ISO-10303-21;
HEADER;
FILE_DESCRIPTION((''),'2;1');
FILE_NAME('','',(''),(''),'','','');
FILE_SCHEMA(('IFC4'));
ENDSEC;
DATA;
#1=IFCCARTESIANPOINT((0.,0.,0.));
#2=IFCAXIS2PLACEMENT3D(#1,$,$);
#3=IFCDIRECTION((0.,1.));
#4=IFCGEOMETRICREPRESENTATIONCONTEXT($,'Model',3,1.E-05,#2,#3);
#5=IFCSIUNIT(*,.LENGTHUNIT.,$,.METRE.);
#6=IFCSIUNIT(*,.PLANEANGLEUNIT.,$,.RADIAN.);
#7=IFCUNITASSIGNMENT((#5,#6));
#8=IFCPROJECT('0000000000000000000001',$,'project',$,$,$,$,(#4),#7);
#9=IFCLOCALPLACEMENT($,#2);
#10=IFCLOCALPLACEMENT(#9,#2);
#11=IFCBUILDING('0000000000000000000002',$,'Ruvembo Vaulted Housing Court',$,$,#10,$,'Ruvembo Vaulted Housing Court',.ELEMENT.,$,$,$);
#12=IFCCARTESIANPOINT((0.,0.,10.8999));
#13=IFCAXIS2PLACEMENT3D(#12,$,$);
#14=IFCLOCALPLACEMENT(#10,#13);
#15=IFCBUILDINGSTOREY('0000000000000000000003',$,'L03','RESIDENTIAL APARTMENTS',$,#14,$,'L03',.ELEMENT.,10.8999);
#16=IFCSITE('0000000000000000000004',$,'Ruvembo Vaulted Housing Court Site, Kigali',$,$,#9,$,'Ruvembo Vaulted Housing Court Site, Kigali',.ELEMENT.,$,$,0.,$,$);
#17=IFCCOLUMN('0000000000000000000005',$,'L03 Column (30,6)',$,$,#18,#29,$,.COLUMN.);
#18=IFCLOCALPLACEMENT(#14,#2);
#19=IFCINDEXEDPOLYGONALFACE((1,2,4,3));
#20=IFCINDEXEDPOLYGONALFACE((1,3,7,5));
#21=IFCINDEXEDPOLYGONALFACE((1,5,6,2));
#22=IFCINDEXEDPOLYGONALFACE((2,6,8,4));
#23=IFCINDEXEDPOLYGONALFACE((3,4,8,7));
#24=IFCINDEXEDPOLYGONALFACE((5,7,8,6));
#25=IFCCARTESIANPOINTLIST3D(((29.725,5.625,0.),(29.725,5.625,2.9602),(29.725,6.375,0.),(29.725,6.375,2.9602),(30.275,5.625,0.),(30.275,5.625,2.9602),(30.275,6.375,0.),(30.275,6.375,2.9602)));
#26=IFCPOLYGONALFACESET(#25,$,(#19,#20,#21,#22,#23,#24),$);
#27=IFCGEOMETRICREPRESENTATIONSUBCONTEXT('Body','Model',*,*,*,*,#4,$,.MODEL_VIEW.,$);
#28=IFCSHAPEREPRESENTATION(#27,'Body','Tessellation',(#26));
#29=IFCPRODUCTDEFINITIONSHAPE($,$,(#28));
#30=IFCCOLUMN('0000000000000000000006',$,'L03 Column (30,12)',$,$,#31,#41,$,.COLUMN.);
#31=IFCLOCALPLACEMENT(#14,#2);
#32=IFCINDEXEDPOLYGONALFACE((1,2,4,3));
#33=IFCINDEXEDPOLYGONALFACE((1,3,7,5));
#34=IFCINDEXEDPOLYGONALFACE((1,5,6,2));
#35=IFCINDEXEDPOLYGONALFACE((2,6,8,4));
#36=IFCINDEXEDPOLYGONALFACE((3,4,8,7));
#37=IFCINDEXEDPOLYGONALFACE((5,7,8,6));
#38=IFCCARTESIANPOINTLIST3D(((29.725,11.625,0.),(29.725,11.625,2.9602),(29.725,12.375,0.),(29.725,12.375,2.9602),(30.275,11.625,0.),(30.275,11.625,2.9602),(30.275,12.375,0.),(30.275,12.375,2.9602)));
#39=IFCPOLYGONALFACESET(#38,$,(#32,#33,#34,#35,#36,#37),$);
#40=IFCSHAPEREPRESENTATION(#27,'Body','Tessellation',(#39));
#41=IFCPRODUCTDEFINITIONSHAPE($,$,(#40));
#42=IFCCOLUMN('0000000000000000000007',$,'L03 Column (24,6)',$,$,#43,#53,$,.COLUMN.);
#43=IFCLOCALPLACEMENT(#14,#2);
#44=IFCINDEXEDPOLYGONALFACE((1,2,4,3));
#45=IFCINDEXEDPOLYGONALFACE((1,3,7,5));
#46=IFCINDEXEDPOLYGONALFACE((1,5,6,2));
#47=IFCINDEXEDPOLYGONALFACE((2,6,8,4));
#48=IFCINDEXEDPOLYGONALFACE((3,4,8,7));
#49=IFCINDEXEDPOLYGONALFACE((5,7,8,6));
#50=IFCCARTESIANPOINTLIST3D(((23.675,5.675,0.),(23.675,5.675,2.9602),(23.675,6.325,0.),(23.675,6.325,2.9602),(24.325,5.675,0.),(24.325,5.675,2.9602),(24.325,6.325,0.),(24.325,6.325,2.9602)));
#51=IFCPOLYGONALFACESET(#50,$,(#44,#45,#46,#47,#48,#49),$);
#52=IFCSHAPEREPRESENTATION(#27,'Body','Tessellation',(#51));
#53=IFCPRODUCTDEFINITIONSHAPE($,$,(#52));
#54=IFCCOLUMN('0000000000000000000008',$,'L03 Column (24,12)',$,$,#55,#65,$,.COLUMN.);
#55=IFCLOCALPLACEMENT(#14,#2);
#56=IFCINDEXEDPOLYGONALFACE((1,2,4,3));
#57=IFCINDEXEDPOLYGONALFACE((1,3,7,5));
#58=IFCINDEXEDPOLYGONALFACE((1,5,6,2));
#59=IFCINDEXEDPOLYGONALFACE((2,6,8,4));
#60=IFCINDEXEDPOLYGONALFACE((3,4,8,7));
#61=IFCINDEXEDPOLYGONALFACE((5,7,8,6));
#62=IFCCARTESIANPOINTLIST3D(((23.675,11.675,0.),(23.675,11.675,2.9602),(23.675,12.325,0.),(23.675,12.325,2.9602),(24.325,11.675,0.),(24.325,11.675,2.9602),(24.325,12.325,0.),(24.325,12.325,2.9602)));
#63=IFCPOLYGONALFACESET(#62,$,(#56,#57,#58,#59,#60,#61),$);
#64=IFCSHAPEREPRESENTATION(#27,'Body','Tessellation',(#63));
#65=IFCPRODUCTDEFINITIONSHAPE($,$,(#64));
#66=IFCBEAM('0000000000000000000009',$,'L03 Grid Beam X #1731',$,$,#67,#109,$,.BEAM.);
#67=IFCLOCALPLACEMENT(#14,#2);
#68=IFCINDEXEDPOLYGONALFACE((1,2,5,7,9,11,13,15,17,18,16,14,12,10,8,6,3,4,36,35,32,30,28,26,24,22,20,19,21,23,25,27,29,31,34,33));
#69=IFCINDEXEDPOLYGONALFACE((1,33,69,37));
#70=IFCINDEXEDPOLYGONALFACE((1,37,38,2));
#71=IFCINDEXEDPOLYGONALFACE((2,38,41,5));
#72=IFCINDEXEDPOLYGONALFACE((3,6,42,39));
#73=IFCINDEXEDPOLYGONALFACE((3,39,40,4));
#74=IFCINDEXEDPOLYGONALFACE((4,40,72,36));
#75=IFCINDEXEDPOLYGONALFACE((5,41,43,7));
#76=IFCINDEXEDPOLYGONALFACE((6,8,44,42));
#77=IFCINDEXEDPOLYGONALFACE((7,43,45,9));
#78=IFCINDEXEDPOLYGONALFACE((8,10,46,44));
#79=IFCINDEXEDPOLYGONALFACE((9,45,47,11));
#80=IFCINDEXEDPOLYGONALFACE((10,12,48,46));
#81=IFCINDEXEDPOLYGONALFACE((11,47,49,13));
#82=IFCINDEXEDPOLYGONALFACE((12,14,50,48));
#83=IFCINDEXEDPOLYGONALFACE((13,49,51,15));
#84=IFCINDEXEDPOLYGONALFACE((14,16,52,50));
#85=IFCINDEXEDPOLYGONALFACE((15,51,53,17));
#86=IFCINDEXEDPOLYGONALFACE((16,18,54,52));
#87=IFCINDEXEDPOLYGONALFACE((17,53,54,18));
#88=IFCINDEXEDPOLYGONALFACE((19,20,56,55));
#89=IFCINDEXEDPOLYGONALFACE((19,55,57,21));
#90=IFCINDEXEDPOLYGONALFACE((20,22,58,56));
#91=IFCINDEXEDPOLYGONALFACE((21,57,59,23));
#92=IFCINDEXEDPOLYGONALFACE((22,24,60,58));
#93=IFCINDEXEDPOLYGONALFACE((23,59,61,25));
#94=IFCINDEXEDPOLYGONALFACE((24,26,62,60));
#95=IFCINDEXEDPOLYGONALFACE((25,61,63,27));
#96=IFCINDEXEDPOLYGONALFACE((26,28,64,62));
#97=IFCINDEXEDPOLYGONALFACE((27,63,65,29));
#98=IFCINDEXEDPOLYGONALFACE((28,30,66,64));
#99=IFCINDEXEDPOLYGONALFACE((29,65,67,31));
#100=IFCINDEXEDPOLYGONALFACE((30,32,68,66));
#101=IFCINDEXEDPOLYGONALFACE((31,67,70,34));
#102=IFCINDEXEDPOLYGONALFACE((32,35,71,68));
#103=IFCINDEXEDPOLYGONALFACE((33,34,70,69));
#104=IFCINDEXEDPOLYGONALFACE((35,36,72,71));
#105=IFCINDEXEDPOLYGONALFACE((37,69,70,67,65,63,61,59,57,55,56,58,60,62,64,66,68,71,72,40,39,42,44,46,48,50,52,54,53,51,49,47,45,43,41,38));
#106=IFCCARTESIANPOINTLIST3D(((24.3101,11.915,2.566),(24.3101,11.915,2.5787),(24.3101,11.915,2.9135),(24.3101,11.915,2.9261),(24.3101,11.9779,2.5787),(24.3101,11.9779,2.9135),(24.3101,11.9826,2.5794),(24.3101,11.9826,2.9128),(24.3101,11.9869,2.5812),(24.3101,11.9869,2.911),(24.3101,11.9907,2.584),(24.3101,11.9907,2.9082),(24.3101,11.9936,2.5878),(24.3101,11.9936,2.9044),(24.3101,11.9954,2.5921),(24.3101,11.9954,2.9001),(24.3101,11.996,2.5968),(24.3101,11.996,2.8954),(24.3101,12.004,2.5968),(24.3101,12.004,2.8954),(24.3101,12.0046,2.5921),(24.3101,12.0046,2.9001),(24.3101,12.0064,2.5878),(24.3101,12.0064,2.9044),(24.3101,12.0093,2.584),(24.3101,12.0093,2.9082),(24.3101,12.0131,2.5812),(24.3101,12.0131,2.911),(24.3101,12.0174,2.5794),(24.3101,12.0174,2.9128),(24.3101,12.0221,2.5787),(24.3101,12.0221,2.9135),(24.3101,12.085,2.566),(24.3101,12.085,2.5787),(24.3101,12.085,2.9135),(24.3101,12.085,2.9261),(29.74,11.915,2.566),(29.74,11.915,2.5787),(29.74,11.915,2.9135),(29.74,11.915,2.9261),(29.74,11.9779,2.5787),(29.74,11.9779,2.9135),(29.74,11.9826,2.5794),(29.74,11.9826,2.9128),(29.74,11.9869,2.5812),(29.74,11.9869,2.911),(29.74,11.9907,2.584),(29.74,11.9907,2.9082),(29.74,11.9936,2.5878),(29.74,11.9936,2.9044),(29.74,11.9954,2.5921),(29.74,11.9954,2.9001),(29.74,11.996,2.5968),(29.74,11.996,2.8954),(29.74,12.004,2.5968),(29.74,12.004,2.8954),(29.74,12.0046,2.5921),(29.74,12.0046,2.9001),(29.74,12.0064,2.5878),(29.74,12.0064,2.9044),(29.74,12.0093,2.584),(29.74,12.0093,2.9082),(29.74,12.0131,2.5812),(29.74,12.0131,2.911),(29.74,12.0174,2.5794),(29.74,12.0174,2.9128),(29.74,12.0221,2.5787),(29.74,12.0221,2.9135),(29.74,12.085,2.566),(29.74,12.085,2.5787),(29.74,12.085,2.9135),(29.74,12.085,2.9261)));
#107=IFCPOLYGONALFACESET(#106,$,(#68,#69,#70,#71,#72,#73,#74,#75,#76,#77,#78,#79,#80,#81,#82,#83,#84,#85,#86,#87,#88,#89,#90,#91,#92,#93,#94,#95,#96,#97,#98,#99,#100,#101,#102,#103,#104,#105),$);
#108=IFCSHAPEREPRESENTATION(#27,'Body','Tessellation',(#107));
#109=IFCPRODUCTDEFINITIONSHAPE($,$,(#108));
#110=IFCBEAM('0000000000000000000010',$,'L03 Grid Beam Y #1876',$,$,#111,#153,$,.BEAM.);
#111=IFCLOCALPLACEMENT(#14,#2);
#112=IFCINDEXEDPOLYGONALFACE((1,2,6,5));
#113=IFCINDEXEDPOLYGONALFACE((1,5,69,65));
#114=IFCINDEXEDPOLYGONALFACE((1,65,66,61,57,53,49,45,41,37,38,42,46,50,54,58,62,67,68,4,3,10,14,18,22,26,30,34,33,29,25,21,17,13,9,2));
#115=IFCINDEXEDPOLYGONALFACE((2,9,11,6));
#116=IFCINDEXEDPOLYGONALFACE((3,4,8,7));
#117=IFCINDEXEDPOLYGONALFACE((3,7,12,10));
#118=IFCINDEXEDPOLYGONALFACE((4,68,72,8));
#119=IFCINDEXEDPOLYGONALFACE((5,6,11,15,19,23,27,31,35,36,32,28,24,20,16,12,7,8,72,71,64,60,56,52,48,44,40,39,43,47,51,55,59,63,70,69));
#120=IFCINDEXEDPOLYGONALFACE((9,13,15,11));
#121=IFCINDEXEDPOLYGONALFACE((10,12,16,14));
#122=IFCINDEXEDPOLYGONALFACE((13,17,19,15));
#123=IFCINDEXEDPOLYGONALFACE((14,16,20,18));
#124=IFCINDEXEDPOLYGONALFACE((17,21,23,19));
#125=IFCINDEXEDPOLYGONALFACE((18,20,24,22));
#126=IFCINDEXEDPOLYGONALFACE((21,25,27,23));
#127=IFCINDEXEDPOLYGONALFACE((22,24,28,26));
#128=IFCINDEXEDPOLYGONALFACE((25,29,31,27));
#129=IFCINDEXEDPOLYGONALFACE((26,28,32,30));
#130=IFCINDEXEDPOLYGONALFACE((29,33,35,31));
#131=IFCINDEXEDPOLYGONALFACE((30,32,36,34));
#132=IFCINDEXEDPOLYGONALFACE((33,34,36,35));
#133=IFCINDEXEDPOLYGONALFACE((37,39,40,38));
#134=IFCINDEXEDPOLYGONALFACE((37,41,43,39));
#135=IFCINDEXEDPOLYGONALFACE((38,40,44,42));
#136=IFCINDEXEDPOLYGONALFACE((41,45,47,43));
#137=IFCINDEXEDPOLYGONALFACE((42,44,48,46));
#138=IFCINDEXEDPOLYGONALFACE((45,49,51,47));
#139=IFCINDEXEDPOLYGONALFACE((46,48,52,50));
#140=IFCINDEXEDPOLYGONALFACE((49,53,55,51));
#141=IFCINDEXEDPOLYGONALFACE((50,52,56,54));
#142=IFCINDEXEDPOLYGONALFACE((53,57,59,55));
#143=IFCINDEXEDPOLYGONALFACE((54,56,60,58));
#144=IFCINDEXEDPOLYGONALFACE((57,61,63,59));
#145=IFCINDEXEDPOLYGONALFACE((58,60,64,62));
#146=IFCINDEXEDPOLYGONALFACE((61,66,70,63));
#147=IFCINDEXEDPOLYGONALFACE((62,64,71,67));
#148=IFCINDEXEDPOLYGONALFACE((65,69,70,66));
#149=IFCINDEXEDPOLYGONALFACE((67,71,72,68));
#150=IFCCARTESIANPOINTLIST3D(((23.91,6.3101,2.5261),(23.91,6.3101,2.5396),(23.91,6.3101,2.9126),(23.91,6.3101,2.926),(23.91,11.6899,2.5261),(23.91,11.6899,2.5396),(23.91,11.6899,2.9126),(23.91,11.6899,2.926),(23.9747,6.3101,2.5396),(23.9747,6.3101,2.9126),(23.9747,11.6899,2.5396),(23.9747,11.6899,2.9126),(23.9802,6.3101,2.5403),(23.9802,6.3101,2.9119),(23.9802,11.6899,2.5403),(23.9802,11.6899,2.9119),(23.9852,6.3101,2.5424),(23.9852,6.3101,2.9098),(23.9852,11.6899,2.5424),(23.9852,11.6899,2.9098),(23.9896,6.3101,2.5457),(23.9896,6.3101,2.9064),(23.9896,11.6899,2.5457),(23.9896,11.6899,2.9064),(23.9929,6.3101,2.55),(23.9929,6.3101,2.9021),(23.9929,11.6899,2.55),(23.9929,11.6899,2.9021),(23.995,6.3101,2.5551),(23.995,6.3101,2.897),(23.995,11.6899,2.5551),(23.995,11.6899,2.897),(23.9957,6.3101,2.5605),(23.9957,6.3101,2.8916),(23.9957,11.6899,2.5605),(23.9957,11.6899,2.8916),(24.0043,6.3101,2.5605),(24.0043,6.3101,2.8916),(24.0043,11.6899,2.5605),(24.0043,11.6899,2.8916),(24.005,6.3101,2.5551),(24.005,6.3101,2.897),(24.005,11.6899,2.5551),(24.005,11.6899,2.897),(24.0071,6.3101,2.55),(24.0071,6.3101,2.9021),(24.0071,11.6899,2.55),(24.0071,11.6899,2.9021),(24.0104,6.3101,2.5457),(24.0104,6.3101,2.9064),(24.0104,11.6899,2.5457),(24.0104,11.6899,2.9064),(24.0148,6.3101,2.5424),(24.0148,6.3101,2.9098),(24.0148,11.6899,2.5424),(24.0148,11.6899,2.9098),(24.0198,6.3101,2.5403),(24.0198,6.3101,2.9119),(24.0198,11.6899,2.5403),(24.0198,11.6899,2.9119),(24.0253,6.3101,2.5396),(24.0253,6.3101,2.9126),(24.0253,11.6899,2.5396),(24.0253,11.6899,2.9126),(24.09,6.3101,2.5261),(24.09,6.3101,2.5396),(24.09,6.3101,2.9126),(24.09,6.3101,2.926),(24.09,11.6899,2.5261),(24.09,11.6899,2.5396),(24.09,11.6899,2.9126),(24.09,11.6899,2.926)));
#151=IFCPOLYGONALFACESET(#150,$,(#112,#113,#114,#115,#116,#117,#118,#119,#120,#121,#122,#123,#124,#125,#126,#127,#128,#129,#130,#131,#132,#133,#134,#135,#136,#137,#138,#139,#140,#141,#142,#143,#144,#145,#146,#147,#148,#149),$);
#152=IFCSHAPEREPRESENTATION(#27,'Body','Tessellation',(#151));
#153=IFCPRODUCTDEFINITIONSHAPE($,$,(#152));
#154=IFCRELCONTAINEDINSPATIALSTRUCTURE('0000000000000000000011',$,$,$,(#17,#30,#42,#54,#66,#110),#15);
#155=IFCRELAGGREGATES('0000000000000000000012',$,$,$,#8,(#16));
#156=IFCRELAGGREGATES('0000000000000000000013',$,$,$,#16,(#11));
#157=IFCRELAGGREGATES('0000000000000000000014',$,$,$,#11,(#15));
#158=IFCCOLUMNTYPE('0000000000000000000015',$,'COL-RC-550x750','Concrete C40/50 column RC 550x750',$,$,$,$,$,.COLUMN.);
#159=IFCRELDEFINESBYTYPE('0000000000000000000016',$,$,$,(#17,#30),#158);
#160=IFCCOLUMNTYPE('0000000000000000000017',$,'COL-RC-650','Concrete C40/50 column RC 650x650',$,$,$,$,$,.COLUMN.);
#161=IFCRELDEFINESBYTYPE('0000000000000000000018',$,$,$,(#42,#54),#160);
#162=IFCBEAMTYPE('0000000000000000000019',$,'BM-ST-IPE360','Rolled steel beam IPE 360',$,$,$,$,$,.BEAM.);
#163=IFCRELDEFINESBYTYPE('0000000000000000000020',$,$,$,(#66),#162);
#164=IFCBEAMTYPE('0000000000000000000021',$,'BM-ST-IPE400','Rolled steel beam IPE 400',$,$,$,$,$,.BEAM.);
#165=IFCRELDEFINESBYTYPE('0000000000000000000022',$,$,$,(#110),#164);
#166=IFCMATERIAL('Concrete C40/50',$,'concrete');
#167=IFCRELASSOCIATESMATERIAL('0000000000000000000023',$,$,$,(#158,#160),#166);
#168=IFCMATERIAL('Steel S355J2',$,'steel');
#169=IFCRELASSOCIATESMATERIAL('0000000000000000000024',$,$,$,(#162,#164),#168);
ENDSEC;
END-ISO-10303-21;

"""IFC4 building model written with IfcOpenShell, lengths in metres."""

from ifc_helpers import new_model, si_unit, direction, frame, origin, origin_2d, place, context, subcontext, project, spatial, rectangle, i_section, extrude, material, material_profile, profile_set, type_object, element, save


model = new_model("IFC4")

# Units and contexts
model_context = context("Model", 3, precision=1e-05, world=origin(), true_north=direction((0.0, 1.0)))
body_context = subcontext(model_context, "Body", "Model", "MODEL_VIEW")
ifc_project = project(units=[si_unit("LENGTHUNIT", "METRE"), si_unit("PLANEANGLEUNIT", "RADIAN")], contexts=[model_context])

# Site, building, storey
site_placement = place(None, origin())
site = spatial("IfcSite", under=ifc_project, at=site_placement, Name="Ruvembo Vaulted Housing Court Site, Kigali", LongName="Ruvembo Vaulted Housing Court Site, Kigali", CompositionType="ELEMENT", RefElevation=0.0)
building_placement = place(site_placement, origin())
building = spatial("IfcBuilding", under=site, at=building_placement, Name="Ruvembo Vaulted Housing Court", LongName="Ruvembo Vaulted Housing Court", CompositionType="ELEMENT")
storey_placement = place(building_placement, frame((0.0, 0.0, 10.8999)))
storey = spatial("IfcBuildingStorey", under=building, at=storey_placement, Name="L03", Description="RESIDENTIAL APARTMENTS", LongName="L03", CompositionType="ELEMENT", Elevation=10.8999)

# Columns
ifc_material_1 = material(Name="Concrete C40/50", Category="concrete")
ifc_material_profile_1 = material_profile(ifc_material_1, rectangle(XDim=0.55, YDim=0.75, at=origin_2d()), Name="RC 550x750")
ifc_profile_set_1 = profile_set([ifc_material_profile_1], Name="Concrete C40/50")
column_type_1 = type_object("IfcColumnType", Name="COL-RC-550x750", Description="Concrete C40/50 column RC 550x750", PredefinedType="COLUMN", material=ifc_profile_set_1)
for number, where, z_axis, x_axis, name in (
    (1, (30.0, 6.0, 0.0), (0.0, 0.0, 1.0), (1.0, 0.0, 0.0), "L03 Column (30,6)"),
    (2, (30.0, 12.0, 0.0), (0.0, 0.0, 1.0), (1.0, 0.0, 0.0), "L03 Column (30,12)"),
):
    element("IfcColumn", number, at=place(storey_placement, frame(where, z_axis=z_axis, x_axis=x_axis)), inside=storey, type_object=column_type_1, Name=name, PredefinedType="COLUMN", context=body_context, shape_type="SweptSolid", body=[
        extrude(rectangle(XDim=0.55, YDim=0.75, at=origin_2d()), origin(), (0.0, 0.0, 1.0), 2.9602),
    ])
ifc_material_profile_2 = material_profile(ifc_material_1, rectangle(XDim=0.6499, YDim=0.6499, at=origin_2d()), Name="RC 650x650")
ifc_profile_set_2 = profile_set([ifc_material_profile_2], Name="Concrete C40/50")
column_type_2 = type_object("IfcColumnType", Name="COL-RC-650", Description="Concrete C40/50 column RC 650x650", PredefinedType="COLUMN", material=ifc_profile_set_2)
for number, where, z_axis, x_axis, name in (
    (3, (24.0, 6.0, 0.0), (0.0, 0.0, 1.0), (1.0, 0.0, 0.0), "L03 Column (24,6)"),
    (4, (24.0, 12.0, 0.0), (0.0, 0.0, 1.0), (1.0, 0.0, 0.0), "L03 Column (24,12)"),
):
    element("IfcColumn", number, at=place(storey_placement, frame(where, z_axis=z_axis, x_axis=x_axis)), inside=storey, type_object=column_type_2, Name=name, PredefinedType="COLUMN", context=body_context, shape_type="SweptSolid", body=[
        extrude(rectangle(XDim=0.6499, YDim=0.6499, at=origin_2d()), origin(), (0.0, 0.0, 1.0), 2.9602),
    ])

# Beams
ifc_material_2 = material(Name="Steel S355J2", Category="steel")
ifc_material_profile_3 = material_profile(ifc_material_2, i_section(OverallWidth=0.1699, OverallDepth=0.3601, WebThickness=0.0081, FlangeThickness=0.0127, FilletRadius=0.0181, at=origin_2d()), Name="IPE 360")
ifc_profile_set_3 = profile_set([ifc_material_profile_3], Name="Steel S355J2")
beam_type_1 = type_object("IfcBeamType", Name="BM-ST-IPE360", Description="Rolled steel beam IPE 360", PredefinedType="BEAM", material=ifc_profile_set_3)
beam_1_placement = place(storey_placement, frame((24.3101, 12.0, 2.7461), z_axis=(1.0, 0.0, 0.0), x_axis=(0.0, 1.0, 0.0)))
element("IfcBeam", 5, at=beam_1_placement, inside=storey, type_object=beam_type_1, Name="L03 Grid Beam X #1731", PredefinedType="BEAM", context=body_context, shape_type="SweptSolid", body=[
    extrude(i_section(OverallWidth=0.1699, OverallDepth=0.3601, WebThickness=0.0081, FlangeThickness=0.0127, FilletRadius=0.0181, at=origin_2d()), origin(), (0.0, 0.0, 1.0), 5.4299),
])
ifc_material_profile_4 = material_profile(ifc_material_2, i_section(OverallWidth=0.1799, OverallDepth=0.3999, WebThickness=0.0085, FlangeThickness=0.0134, FilletRadius=0.021, at=origin_2d()), Name="IPE 400")
ifc_profile_set_4 = profile_set([ifc_material_profile_4], Name="Steel S355J2")
beam_type_2 = type_object("IfcBeamType", Name="BM-ST-IPE400", Description="Rolled steel beam IPE 400", PredefinedType="BEAM", material=ifc_profile_set_4)
beam_2_placement = place(storey_placement, frame((24.0, 6.3101, 2.7261), z_axis=(0.0, 1.0, 0.0), x_axis=(-1.0, 0.0, 0.0)))
element("IfcBeam", 6, at=beam_2_placement, inside=storey, type_object=beam_type_2, Name="L03 Grid Beam Y #1876", PredefinedType="BEAM", context=body_context, shape_type="SweptSolid", body=[
    extrude(i_section(OverallWidth=0.1799, OverallDepth=0.3999, WebThickness=0.0085, FlangeThickness=0.0134, FilletRadius=0.021, at=origin_2d()), origin(), (0.0, 0.0, 1.0), 5.3799),
])

save(model, "model.ifc")
